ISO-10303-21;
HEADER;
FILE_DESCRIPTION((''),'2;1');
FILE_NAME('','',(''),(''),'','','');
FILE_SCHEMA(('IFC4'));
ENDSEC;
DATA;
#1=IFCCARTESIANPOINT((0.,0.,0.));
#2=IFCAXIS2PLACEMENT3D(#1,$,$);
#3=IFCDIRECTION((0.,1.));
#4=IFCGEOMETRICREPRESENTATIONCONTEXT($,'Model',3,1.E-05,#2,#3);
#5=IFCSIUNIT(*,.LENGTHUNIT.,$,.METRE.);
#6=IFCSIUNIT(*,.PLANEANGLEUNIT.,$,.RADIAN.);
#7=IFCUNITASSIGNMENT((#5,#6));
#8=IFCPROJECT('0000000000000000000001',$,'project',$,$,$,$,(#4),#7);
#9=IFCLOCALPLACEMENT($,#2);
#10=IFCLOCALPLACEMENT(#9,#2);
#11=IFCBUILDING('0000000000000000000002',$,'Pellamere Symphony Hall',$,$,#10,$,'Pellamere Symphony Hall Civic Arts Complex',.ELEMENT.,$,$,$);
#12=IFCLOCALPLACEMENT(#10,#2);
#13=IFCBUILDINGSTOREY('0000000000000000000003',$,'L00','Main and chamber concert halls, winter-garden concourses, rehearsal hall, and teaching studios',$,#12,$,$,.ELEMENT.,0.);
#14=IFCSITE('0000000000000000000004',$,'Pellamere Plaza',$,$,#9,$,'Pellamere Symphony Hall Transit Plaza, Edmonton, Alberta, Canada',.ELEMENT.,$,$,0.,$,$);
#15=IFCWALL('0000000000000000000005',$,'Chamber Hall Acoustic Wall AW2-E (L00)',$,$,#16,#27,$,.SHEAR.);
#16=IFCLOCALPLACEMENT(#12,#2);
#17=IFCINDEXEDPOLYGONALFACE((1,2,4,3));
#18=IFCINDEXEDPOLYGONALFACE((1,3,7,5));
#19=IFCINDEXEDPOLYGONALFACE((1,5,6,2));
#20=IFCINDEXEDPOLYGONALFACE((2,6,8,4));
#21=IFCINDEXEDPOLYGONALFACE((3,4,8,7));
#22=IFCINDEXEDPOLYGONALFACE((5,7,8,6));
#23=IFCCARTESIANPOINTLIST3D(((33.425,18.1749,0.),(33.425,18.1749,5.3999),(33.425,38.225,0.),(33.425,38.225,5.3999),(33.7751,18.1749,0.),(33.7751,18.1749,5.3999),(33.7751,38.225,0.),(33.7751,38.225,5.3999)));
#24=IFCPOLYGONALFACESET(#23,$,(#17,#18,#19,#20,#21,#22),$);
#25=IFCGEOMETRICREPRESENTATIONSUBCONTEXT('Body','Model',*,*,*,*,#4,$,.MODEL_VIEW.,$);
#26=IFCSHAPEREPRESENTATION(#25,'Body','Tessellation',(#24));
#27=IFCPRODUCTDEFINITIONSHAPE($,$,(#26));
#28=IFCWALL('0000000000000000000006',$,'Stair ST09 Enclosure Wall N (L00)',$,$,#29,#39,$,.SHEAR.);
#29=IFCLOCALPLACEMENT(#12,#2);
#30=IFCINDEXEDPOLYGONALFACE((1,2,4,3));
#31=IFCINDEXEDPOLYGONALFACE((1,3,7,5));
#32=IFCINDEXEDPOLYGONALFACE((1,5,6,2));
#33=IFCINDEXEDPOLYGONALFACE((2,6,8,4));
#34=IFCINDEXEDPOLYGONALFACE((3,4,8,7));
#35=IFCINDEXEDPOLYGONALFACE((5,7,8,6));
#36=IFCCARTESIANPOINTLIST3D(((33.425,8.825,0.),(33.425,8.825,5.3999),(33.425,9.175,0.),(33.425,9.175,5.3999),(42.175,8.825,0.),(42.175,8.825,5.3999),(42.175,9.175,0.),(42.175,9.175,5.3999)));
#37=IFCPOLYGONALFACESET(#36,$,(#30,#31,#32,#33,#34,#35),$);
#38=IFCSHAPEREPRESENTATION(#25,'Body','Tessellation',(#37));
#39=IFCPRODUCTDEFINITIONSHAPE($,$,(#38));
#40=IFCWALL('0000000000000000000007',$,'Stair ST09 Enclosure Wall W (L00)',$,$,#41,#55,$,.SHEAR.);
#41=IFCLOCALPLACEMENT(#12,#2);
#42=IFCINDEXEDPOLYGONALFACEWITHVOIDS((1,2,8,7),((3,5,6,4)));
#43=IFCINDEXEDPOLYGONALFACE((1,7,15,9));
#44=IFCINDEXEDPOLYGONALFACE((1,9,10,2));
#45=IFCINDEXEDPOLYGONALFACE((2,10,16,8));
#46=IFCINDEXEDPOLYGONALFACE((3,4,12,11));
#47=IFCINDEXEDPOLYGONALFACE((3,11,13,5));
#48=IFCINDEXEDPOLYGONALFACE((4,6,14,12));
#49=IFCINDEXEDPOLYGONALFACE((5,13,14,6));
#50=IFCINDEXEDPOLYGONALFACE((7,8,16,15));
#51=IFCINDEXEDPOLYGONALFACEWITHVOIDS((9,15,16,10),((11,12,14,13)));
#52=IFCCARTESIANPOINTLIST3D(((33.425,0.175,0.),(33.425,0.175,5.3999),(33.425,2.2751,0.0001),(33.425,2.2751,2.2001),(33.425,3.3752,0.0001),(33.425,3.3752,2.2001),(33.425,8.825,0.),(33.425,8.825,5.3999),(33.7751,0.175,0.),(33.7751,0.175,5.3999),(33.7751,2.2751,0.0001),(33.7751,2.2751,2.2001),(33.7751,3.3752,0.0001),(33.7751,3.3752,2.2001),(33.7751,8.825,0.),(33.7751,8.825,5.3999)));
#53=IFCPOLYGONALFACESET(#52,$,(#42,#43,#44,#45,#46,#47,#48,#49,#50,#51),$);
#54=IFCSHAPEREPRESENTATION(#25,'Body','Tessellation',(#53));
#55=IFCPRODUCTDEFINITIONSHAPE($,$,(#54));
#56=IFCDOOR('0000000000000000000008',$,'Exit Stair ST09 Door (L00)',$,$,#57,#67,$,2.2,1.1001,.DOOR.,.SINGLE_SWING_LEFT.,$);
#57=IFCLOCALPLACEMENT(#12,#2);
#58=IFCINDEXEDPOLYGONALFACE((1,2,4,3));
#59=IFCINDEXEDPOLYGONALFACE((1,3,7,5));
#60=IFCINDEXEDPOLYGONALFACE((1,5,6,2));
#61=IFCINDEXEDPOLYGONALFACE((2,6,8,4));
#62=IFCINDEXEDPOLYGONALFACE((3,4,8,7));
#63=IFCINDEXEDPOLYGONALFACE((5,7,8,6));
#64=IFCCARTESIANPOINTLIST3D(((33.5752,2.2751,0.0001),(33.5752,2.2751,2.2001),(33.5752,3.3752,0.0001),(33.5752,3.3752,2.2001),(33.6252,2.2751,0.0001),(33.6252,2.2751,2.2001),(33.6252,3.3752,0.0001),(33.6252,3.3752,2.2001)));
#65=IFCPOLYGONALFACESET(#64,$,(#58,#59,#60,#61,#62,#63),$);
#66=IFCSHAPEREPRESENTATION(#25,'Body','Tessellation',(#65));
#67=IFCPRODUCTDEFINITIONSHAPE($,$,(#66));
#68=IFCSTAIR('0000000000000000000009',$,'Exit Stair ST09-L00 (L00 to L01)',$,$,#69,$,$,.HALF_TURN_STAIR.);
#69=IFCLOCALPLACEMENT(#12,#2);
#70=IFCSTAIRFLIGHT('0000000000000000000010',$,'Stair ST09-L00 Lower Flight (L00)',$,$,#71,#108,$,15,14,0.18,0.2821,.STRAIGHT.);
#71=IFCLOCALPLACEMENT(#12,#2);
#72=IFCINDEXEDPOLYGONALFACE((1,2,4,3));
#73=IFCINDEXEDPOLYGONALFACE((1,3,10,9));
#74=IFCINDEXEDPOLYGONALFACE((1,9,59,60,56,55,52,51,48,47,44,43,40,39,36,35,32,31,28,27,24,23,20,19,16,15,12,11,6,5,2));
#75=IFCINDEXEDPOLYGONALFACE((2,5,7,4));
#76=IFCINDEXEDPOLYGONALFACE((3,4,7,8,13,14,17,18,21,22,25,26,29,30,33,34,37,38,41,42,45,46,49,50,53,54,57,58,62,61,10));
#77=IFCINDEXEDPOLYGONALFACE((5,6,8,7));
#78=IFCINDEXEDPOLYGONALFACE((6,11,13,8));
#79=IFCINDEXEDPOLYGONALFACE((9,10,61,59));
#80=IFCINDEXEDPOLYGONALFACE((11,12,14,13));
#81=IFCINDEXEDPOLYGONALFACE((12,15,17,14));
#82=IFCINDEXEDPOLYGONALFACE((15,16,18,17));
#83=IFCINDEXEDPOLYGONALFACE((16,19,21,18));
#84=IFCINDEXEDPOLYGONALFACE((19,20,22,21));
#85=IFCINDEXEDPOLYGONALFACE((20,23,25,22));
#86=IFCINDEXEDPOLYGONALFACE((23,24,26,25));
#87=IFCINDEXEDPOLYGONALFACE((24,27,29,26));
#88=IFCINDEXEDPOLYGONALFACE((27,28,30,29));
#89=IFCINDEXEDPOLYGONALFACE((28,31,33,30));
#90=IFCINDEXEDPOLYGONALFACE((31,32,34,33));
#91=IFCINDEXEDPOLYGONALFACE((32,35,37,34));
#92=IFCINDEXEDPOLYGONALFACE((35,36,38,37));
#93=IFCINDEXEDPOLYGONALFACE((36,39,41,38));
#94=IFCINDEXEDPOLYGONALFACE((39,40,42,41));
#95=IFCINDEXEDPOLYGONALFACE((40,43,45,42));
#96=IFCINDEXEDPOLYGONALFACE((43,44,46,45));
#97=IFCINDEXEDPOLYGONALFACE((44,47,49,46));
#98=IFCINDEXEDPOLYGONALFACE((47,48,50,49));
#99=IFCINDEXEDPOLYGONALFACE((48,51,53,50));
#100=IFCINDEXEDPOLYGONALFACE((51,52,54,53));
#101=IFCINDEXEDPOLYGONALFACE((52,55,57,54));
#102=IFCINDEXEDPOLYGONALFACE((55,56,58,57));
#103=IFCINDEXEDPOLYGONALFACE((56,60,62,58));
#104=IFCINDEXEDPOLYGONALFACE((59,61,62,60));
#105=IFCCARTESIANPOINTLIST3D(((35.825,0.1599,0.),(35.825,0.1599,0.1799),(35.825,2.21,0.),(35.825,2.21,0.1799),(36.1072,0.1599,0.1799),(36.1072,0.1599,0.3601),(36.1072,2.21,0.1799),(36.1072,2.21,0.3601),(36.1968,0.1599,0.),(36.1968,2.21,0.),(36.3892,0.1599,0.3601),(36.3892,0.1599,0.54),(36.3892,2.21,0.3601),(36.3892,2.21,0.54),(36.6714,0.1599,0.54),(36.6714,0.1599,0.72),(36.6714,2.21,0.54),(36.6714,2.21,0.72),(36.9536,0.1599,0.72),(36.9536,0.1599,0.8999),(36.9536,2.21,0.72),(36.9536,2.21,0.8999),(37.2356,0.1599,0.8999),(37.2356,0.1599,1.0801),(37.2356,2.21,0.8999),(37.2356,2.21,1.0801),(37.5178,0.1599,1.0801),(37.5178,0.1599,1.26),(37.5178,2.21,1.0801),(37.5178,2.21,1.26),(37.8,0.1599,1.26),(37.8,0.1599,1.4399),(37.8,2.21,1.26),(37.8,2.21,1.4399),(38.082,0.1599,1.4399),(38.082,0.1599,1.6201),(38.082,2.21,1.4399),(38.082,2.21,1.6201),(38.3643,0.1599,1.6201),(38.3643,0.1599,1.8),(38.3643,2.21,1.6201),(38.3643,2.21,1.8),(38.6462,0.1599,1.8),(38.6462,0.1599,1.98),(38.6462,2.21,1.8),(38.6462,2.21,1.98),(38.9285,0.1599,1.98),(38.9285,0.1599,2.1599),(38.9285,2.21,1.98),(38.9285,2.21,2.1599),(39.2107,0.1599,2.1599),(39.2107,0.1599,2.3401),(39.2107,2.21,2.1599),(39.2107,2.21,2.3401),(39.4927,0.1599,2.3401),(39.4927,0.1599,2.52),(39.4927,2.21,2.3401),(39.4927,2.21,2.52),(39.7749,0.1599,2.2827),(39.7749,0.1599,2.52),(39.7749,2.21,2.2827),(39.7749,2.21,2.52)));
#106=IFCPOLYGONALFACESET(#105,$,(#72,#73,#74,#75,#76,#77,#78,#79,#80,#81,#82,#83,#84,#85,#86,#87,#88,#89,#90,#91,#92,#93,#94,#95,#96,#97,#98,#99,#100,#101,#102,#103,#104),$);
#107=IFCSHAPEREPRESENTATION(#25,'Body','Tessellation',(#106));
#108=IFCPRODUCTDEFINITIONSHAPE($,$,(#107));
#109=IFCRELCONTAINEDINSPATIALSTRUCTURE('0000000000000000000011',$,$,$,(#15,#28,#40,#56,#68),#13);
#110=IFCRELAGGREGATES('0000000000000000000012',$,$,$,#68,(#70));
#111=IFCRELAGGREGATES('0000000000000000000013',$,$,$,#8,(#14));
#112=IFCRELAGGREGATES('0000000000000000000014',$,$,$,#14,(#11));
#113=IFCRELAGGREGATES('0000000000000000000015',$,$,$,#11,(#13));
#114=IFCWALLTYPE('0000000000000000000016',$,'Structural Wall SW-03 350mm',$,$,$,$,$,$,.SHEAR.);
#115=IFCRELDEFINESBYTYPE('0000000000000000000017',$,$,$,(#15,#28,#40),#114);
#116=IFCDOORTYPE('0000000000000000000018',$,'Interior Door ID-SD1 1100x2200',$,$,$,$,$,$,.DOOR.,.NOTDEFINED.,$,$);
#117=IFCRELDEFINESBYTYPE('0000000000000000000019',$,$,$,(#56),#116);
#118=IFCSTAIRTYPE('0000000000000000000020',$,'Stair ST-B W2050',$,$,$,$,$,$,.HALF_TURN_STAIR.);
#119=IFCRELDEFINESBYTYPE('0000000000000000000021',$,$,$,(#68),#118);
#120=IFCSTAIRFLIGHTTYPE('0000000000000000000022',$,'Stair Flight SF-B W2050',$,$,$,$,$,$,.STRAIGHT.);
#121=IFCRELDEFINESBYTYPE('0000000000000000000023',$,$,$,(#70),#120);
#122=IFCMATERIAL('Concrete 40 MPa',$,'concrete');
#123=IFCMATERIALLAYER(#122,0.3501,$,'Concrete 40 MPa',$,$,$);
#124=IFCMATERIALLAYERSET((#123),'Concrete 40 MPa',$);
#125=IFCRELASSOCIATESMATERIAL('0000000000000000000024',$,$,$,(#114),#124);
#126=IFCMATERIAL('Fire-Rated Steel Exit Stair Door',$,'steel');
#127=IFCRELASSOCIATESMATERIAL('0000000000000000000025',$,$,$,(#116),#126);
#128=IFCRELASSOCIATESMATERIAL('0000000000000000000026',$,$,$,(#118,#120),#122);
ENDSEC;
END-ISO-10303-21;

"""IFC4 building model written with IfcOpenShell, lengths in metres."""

from ifc_helpers import new_model, si_unit, direction, frame, frame_2d, origin, place, context, subcontext, project, spatial, polyline, rectangle, outline, extrude, material, layer, layer_set, type_object, element, fill, aggregate, save


model = new_model("IFC4")

# Units and contexts
model_context = context("Model", 3, precision=1e-05, world=origin(), true_north=direction((0.0, 1.0)))
body_context = subcontext(model_context, "Body", "Model", "MODEL_VIEW")
ifc_project = project(units=[si_unit("LENGTHUNIT", "METRE"), si_unit("PLANEANGLEUNIT", "RADIAN")], contexts=[model_context])

# Site, building, storey
site_placement = place(None, origin())
site = spatial("IfcSite", under=ifc_project, at=site_placement, Name="Pellamere Plaza", LongName="Pellamere Symphony Hall Transit Plaza, Edmonton, Alberta, Canada", CompositionType="ELEMENT", RefElevation=0.0)
building_placement = place(site_placement, origin())
building = spatial("IfcBuilding", under=site, at=building_placement, Name="Pellamere Symphony Hall", LongName="Pellamere Symphony Hall Civic Arts Complex", CompositionType="ELEMENT")
storey_placement = place(building_placement, origin())
storey = spatial("IfcBuildingStorey", under=building, at=storey_placement, Name="L00", Description="Main and chamber concert halls, winter-garden concourses, rehearsal hall, and teaching studios", CompositionType="ELEMENT", Elevation=0.0)

# Shared definitions
ifc_material_1 = material(Name="Concrete 40 MPa", Category="concrete")

# Walls
ifc_layer_1 = layer(ifc_material_1, 0.3501, Name="Concrete 40 MPa")
ifc_layer_set_1 = layer_set([ifc_layer_1], Name="Concrete 40 MPa")
wall_type_1 = type_object("IfcWallType", Name="Structural Wall SW-03 350mm", PredefinedType="SHEAR", material=ifc_layer_set_1)
wall_1_placement = place(storey_placement, frame((33.6001, 18.175, 0.0), z_axis=(0.0, 0.0, 1.0), x_axis=(0.0, 1.0, 0.0)))
element("IfcWall", 1, at=wall_1_placement, inside=storey, type_object=wall_type_1, Name="Chamber Hall Acoustic Wall AW2-E (L00)", PredefinedType="SHEAR", context=body_context, shape_type="SweptSolid", body=[
    extrude(rectangle(XDim=20.05, YDim=0.3501, at=frame_2d((10.0249, 0.0))), origin(), (0.0, 0.0, 1.0), 5.3999),
])
wall_2_placement = place(storey_placement, frame((33.425, 9.0, 0.0), z_axis=(0.0, 0.0, 1.0), x_axis=(1.0, 0.0, 0.0)))
element("IfcWall", 2, at=wall_2_placement, inside=storey, type_object=wall_type_1, Name="Stair ST09 Enclosure Wall N (L00)", PredefinedType="SHEAR", context=body_context, shape_type="SweptSolid", body=[
    extrude(rectangle(XDim=8.75, YDim=0.3501, at=frame_2d((4.375, 0.0))), origin(), (0.0, 0.0, 1.0), 5.3999),
])

# Wall, opening, door
wall_3_placement = place(storey_placement, frame((33.6001, 0.175, 0.0), z_axis=(0.0, 0.0, 1.0), x_axis=(0.0, 1.0, 0.0)))
wall_3 = element("IfcWall", 3, at=wall_3_placement, inside=storey, type_object=wall_type_1, Name="Stair ST09 Enclosure Wall W (L00)", PredefinedType="SHEAR", context=body_context, shape_type="SweptSolid", body=[
    extrude(rectangle(XDim=8.6499, YDim=0.3501, at=frame_2d((4.325, 0.0))), origin(), (0.0, 0.0, 1.0), 5.3999),
])
opening_placement = place(wall_3_placement, frame((2.1001, 0.0, 0.0)))
opening = element("IfcOpeningElement", 4, at=opening_placement, cuts=wall_3, PredefinedType="OPENING", context=body_context, shape_type="SweptSolid", body=[
    extrude(rectangle(XDim=1.1001, YDim=2.2, at=frame_2d((0.55, 1.1001))), frame((0.0, 0.1851, 0.0), z_axis=(0.0, -1.0, 0.0), x_axis=(1.0, 0.0, 0.0)), (0.0, 0.0, 1.0), 0.3701),
])
ifc_material_2 = material(Name="Fire-Rated Steel Exit Stair Door", Category="steel")
door_type = type_object("IfcDoorType", Name="Interior Door ID-SD1 1100x2200", OperationType="NOTDEFINED", PredefinedType="DOOR", material=ifc_material_2)
door_placement = place(opening_placement, origin())
door = element("IfcDoor", 5, at=door_placement, inside=storey, type_object=door_type, Name="Exit Stair ST09 Door (L00)", OperationType="SINGLE_SWING_LEFT", OverallHeight=2.2, OverallWidth=1.1001, PredefinedType="DOOR", context=body_context, shape_type="SweptSolid", body=[
    extrude(rectangle(XDim=1.1001, YDim=2.2, at=frame_2d((0.55, 1.1001))), frame((0.0, 0.0249, 0.0), z_axis=(0.0, -1.0, 0.0), x_axis=(1.0, 0.0, 0.0)), (0.0, 0.0, 1.0), 0.05),
])
fill(opening, door)

# Stair, stair flight
stair_type = type_object("IfcStairType", Name="Stair ST-B W2050", PredefinedType="HALF_TURN_STAIR", material=ifc_material_1)
stair_placement = place(storey_placement, origin())
stair = element("IfcStair", 6, at=stair_placement, inside=storey, type_object=stair_type, Name="Exit Stair ST09-L00 (L00 to L01)", PredefinedType="HALF_TURN_STAIR")
stair_flight_type = type_object("IfcStairFlightType", Name="Stair Flight SF-B W2050", PredefinedType="STRAIGHT", material=ifc_material_1)
stair_flight_placement = place(storey_placement, frame((35.825, 1.1851, 0.0), z_axis=(0.0, 0.0, 1.0), x_axis=(1.0, 0.0, 0.0)))
stair_flight = element("IfcStairFlight", 7, at=stair_flight_placement, type_object=stair_flight_type, Name="Stair ST09-L00 Lower Flight (L00)", NumberOfRisers=15, NumberOfTreads=14, PredefinedType="STRAIGHT", RiserHeight=0.18, TreadLength=0.2821, context=body_context, shape_type="SweptSolid", body=[
    extrude(outline(polyline([(0.0, 0.0), (0.0, 0.1799), (0.2822, 0.1799), (0.2822, 0.3601), (0.5642, 0.3601), (0.5642, 0.54), (0.8464, 0.54), (0.8464, 0.72), (1.1287, 0.72), (1.1287, 0.8999), (1.4106, 0.8999), (1.4106, 1.0801), (1.6929, 1.0801), (1.6929, 1.26), (1.9751, 1.26), (1.9751, 1.4399), (2.2571, 1.4399), (2.2571, 1.6201), (2.5393, 1.6201), (2.5393, 1.8), (2.8213, 1.8), (2.8213, 1.98), (3.1035, 1.98), (3.1035, 2.1599), (3.3857, 2.1599), (3.3857, 2.3401), (3.6677, 2.3401), (3.6677, 2.52), (3.95, 2.52), (3.95, 2.7), (3.95, 2.2827), (0.3718, 0.0), (0.0, 0.0)])), frame((0.0, 1.0249, 0.0), z_axis=(0.0, -1.0, 0.0), x_axis=(1.0, 0.0, 0.0)), (0.0, 0.0, 1.0), 2.05),
])
aggregate(stair, [stair_flight])

save(model, "model.ifc")
